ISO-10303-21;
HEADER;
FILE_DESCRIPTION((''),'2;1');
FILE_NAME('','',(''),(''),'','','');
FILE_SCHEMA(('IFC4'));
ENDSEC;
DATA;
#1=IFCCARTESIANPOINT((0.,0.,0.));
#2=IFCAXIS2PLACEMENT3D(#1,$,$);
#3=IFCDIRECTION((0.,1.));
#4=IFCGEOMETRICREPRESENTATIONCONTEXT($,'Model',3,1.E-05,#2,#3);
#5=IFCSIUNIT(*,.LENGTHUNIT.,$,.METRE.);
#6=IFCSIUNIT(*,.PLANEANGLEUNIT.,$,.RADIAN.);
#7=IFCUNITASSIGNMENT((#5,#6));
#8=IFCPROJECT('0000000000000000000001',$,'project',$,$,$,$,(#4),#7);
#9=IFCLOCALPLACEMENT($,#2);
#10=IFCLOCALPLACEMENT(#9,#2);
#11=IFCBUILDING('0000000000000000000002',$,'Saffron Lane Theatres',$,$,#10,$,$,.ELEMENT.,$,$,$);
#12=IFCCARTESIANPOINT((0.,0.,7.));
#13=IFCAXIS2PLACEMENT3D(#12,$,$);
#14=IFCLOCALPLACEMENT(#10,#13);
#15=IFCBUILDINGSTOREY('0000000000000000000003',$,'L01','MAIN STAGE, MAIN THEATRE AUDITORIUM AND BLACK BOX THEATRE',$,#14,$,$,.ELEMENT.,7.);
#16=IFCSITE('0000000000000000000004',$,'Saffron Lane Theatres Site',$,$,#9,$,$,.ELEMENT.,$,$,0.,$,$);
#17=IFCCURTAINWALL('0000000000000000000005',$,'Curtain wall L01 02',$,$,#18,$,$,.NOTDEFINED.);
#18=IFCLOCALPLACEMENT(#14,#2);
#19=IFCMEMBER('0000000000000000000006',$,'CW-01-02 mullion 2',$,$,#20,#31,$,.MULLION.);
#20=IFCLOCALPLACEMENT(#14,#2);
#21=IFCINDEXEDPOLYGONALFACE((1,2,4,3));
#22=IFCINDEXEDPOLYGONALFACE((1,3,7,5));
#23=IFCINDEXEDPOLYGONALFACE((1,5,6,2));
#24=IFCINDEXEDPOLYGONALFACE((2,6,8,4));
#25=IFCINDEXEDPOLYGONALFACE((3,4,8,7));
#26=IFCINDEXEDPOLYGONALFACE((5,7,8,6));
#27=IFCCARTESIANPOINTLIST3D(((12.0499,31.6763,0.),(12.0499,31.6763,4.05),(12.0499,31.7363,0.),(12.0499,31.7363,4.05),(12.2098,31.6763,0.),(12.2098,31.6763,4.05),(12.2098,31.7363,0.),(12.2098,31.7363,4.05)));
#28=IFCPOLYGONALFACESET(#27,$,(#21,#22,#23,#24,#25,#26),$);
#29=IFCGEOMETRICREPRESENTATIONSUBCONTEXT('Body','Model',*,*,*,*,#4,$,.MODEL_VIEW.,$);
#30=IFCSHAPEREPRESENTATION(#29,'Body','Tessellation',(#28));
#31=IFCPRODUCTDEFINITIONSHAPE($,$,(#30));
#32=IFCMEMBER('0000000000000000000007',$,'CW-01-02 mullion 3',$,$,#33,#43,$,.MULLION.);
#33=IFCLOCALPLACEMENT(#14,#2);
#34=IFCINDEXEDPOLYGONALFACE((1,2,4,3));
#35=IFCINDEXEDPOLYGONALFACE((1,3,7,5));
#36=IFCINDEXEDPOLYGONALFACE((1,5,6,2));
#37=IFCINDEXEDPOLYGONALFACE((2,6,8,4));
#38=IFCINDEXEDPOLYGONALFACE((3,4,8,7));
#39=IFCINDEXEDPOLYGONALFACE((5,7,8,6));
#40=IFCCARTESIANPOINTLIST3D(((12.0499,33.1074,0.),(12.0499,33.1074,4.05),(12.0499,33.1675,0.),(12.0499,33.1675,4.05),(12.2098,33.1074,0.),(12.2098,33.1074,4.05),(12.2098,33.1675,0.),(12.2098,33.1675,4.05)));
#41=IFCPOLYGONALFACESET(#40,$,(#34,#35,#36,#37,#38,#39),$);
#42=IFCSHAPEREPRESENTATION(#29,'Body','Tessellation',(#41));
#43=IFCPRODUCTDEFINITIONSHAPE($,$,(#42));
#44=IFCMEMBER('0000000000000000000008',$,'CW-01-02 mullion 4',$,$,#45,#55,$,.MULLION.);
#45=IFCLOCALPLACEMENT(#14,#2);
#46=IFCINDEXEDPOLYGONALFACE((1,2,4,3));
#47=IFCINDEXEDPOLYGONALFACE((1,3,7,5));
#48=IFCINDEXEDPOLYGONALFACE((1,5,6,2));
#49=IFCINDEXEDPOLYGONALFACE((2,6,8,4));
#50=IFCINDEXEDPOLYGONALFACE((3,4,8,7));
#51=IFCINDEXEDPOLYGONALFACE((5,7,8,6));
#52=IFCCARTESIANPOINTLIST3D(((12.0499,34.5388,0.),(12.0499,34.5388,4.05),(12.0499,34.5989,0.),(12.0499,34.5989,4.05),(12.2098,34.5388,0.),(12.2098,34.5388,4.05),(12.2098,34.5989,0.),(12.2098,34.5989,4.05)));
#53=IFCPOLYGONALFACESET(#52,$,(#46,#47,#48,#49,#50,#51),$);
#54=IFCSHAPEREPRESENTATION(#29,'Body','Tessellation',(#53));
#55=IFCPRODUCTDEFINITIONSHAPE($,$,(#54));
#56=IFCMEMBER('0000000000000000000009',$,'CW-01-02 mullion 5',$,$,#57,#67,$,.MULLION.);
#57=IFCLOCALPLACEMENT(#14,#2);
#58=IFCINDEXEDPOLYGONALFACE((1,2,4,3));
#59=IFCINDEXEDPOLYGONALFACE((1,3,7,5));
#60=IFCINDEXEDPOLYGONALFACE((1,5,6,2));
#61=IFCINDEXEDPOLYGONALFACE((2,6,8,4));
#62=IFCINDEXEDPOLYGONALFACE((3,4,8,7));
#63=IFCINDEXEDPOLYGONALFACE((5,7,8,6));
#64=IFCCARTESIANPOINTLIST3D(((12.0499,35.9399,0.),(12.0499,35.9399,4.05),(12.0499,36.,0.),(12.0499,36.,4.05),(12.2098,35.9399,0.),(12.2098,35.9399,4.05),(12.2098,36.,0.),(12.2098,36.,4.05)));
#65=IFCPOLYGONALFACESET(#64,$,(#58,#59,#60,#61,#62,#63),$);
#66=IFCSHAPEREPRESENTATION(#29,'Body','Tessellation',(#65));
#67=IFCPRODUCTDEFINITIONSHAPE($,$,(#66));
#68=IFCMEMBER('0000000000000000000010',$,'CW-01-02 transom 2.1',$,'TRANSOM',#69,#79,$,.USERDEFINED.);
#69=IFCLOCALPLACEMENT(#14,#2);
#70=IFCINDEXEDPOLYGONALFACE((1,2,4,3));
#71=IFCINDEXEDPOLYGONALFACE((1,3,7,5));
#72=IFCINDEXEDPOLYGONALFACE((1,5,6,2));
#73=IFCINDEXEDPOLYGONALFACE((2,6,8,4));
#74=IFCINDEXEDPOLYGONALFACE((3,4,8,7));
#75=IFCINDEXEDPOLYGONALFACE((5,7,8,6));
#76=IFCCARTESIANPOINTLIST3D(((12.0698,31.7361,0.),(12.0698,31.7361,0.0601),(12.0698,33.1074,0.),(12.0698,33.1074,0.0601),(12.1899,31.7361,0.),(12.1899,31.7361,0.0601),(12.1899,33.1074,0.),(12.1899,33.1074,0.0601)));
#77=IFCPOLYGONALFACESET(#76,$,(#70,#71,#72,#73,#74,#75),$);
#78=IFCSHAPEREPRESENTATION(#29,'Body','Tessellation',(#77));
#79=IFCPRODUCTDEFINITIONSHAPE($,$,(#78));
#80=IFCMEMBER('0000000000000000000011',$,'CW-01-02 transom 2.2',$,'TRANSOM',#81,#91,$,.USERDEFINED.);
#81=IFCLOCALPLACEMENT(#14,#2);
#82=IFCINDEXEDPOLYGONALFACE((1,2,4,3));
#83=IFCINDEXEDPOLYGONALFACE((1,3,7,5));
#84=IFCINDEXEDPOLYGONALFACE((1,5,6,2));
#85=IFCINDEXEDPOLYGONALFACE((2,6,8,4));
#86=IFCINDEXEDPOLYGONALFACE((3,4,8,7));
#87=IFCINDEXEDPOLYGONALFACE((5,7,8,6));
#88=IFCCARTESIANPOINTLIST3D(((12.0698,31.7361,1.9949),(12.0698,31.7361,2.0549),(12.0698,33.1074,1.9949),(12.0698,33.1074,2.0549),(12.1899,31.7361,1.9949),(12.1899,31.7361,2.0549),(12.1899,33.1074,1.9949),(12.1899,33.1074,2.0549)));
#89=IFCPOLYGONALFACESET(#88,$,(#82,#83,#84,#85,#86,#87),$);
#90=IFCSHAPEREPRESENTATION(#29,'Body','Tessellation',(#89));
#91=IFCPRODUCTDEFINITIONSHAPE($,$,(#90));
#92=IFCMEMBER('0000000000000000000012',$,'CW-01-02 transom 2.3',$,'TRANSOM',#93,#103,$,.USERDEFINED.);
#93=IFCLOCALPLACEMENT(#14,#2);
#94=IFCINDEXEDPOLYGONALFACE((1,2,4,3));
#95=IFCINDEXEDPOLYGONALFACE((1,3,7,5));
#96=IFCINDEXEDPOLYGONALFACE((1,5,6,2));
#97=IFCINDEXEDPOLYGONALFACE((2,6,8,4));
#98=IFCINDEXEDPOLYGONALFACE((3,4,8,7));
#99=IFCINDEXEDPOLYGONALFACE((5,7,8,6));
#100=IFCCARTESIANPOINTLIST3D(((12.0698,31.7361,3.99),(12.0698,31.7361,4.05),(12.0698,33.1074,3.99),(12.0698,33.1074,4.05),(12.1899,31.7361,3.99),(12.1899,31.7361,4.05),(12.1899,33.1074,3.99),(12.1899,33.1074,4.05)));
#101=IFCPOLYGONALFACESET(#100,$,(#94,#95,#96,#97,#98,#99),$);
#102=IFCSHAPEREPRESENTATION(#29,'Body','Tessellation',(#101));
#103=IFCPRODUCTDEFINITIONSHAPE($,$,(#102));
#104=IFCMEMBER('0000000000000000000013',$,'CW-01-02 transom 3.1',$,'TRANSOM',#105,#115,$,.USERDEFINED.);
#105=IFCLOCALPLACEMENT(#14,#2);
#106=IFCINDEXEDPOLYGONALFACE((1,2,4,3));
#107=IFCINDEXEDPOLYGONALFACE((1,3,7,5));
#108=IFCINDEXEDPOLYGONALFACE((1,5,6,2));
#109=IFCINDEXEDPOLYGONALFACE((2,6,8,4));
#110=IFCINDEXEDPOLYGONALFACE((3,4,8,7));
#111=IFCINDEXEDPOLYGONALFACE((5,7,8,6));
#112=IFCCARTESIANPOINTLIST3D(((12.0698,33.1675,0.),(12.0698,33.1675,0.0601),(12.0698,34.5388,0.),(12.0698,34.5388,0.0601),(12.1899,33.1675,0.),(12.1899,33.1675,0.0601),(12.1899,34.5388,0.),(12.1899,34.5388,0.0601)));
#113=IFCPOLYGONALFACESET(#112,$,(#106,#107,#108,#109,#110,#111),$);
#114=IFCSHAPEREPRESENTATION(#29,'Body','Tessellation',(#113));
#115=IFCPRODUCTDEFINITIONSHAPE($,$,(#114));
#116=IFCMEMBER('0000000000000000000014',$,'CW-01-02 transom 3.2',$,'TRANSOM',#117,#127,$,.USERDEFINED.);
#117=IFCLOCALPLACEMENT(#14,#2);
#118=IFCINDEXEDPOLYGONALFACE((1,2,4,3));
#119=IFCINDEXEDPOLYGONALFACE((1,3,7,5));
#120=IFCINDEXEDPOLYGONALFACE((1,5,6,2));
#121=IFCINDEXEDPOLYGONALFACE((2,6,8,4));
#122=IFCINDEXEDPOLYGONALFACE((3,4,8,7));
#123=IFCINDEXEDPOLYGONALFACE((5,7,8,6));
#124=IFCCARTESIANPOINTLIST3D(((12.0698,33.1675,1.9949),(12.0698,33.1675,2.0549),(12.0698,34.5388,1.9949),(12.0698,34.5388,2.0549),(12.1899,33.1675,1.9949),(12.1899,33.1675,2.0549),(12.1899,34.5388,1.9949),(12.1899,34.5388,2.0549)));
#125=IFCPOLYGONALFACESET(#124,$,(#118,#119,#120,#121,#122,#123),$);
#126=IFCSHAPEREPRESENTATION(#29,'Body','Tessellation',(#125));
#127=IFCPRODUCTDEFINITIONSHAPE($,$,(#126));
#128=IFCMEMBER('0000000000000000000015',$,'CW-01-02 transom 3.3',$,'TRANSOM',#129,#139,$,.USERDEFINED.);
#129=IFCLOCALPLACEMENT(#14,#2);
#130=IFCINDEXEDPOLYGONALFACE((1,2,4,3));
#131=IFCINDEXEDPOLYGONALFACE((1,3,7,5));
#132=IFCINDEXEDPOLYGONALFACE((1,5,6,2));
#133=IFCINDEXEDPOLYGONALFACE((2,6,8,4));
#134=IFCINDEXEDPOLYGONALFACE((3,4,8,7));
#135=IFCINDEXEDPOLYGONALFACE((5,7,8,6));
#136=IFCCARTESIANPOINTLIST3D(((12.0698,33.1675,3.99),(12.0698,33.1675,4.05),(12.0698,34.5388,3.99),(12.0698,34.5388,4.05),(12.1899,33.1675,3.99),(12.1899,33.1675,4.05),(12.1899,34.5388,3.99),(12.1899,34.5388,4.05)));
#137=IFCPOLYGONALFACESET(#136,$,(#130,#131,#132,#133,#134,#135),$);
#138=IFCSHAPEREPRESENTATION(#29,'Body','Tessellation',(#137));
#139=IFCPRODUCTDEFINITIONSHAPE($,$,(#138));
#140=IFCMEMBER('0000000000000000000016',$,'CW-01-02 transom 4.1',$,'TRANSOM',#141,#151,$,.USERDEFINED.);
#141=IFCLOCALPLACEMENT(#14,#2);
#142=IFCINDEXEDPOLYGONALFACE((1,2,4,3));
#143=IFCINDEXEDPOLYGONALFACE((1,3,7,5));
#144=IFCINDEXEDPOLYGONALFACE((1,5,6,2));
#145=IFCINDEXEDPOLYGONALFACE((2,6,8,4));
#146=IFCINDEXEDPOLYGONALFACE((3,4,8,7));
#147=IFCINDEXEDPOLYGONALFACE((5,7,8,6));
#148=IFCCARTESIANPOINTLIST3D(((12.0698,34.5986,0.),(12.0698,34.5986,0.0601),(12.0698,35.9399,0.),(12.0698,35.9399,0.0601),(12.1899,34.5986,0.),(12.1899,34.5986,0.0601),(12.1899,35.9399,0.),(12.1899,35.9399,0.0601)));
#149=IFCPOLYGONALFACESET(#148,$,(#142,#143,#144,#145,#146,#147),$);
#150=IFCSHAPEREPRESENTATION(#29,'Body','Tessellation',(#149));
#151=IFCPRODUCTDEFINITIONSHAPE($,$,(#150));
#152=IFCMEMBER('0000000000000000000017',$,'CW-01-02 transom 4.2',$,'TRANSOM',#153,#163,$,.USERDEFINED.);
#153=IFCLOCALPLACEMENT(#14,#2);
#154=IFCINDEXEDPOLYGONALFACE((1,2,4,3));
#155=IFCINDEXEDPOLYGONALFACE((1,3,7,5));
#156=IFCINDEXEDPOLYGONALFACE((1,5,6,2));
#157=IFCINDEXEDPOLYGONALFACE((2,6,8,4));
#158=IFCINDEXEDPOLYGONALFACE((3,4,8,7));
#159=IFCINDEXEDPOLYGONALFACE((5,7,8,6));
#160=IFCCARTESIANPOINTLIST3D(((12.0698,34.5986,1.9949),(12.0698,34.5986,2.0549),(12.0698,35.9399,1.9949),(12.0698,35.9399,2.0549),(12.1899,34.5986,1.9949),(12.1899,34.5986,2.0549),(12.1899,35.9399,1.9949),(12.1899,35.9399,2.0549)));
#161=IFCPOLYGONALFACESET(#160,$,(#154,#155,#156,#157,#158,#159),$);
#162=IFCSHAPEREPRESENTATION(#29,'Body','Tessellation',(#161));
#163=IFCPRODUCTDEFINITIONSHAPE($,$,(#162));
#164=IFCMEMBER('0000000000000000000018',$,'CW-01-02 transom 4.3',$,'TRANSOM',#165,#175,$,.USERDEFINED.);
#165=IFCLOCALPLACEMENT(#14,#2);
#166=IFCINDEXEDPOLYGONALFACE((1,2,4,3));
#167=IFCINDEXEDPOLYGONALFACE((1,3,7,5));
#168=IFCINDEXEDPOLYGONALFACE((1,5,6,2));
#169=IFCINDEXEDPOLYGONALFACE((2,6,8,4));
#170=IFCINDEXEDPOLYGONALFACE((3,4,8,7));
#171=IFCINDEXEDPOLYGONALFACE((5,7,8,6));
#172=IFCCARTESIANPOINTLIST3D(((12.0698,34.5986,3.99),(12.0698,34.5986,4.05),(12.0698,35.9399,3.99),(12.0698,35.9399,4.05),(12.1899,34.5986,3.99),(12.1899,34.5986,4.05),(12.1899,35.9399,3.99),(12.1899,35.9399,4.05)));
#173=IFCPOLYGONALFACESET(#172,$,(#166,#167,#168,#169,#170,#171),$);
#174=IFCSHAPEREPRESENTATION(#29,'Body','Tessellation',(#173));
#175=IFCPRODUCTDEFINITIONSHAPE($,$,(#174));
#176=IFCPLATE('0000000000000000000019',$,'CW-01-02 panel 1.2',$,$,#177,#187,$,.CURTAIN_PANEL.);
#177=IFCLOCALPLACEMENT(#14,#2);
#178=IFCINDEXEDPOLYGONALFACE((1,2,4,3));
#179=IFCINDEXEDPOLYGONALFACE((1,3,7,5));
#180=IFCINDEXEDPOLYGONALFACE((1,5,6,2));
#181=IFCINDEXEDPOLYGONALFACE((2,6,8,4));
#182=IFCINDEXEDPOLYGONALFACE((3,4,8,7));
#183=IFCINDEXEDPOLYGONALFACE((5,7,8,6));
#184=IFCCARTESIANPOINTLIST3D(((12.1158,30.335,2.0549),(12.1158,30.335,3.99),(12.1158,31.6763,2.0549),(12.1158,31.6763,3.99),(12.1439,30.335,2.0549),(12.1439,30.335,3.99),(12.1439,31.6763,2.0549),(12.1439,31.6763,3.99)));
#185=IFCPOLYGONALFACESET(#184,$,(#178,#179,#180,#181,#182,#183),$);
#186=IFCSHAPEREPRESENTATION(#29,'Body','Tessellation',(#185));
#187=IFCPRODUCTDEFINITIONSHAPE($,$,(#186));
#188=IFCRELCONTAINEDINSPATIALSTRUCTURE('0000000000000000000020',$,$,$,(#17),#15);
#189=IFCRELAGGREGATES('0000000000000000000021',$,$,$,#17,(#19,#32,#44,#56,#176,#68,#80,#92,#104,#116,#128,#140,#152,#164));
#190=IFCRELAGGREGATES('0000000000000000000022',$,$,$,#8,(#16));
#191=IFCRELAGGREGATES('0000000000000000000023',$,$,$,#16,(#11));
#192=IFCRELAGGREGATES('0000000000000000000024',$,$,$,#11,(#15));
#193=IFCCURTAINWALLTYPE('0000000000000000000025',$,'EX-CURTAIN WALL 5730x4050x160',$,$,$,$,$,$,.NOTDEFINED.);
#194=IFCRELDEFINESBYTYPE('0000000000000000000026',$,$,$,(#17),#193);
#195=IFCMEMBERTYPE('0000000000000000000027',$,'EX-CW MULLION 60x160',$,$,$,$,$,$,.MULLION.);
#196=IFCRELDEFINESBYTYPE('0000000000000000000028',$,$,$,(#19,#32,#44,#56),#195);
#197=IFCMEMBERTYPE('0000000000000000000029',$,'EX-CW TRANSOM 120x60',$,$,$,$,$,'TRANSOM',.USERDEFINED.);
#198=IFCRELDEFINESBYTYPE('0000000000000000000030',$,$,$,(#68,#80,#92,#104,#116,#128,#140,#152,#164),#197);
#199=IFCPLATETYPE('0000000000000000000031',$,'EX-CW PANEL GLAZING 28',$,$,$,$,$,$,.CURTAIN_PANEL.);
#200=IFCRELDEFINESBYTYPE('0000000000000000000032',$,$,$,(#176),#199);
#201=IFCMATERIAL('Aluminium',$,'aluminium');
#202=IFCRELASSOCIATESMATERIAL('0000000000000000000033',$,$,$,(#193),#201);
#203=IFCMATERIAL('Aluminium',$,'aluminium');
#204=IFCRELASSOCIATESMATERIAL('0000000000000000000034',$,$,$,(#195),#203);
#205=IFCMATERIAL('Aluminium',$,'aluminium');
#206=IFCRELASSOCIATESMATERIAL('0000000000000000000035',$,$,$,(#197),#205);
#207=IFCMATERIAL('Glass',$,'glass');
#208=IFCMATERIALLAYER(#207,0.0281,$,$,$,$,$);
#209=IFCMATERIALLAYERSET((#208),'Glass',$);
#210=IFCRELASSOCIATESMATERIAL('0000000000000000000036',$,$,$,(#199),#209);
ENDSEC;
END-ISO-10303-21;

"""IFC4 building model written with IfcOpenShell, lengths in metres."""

from ifc_helpers import new_model, si_unit, direction, frame, origin, origin_2d, place, context, subcontext, project, spatial, rectangle, extrude, material, layer, layer_set, material_profile, profile_set, type_object, element, aggregate, save


model = new_model("IFC4")

# Units and contexts
model_context = context("Model", 3, precision=1e-05, world=origin(), true_north=direction((0.0, 1.0)))
body_context = subcontext(model_context, "Body", "Model", "MODEL_VIEW")
ifc_project = project(units=[si_unit("LENGTHUNIT", "METRE"), si_unit("PLANEANGLEUNIT", "RADIAN")], contexts=[model_context])

# Site, building, storey
site_placement = place(None, origin())
site = spatial("IfcSite", under=ifc_project, at=site_placement, Name="Saffron Lane Theatres Site", CompositionType="ELEMENT", RefElevation=0.0)
building_placement = place(site_placement, origin())
building = spatial("IfcBuilding", under=site, at=building_placement, Name="Saffron Lane Theatres", CompositionType="ELEMENT")
storey_placement = place(building_placement, frame((0.0, 0.0, 7.0)))
storey = spatial("IfcBuildingStorey", under=building, at=storey_placement, Name="L01", Description="MAIN STAGE, MAIN THEATRE AUDITORIUM AND BLACK BOX THEATRE", CompositionType="ELEMENT", Elevation=7.0)

# Curtain wall, members, plate
ifc_material_1 = material(Name="Aluminium", Category="aluminium")
curtain_wall_type = type_object("IfcCurtainWallType", Name="EX-CURTAIN WALL 5730x4050x160", PredefinedType="NOTDEFINED", material=ifc_material_1)
curtain_wall_placement = place(storey_placement, origin())
curtain_wall = element("IfcCurtainWall", 1, at=curtain_wall_placement, inside=storey, type_object=curtain_wall_type, Name="Curtain wall L01 02", PredefinedType="NOTDEFINED")
ifc_material_2 = material(Name="Aluminium", Category="aluminium")
ifc_material_profile_1 = material_profile(ifc_material_2, rectangle(XDim=0.0601, YDim=0.1599, at=origin_2d()))
ifc_profile_set_1 = profile_set([ifc_material_profile_1], Name="Aluminium")
member_type_1 = type_object("IfcMemberType", Name="EX-CW MULLION 60x160", PredefinedType="MULLION", material=ifc_profile_set_1)
member_1_placement = place(storey_placement, frame((12.1299, 31.7063, 0.0), z_axis=(0.0, 0.0, 1.0), x_axis=(0.0, 1.0, 0.0)))
member_1 = element("IfcMember", 2, at=member_1_placement, type_object=member_type_1, Name="CW-01-02 mullion 2", PredefinedType="MULLION", context=body_context, shape_type="SweptSolid", body=[
    extrude(rectangle(XDim=0.0601, YDim=0.1599, at=origin_2d()), origin(), (0.0, 0.0, 1.0), 4.05),
])
member_2_placement = place(storey_placement, frame((12.1299, 33.1375, 0.0), z_axis=(0.0, 0.0, 1.0), x_axis=(0.0, 1.0, 0.0)))
member_2 = element("IfcMember", 3, at=member_2_placement, type_object=member_type_1, Name="CW-01-02 mullion 3", PredefinedType="MULLION", context=body_context, shape_type="SweptSolid", body=[
    extrude(rectangle(XDim=0.0601, YDim=0.1599, at=origin_2d()), origin(), (0.0, 0.0, 1.0), 4.05),
])
member_3_placement = place(storey_placement, frame((12.1299, 34.5688, 0.0), z_axis=(0.0, 0.0, 1.0), x_axis=(0.0, 1.0, 0.0)))
member_3 = element("IfcMember", 4, at=member_3_placement, type_object=member_type_1, Name="CW-01-02 mullion 4", PredefinedType="MULLION", context=body_context, shape_type="SweptSolid", body=[
    extrude(rectangle(XDim=0.0601, YDim=0.1599, at=origin_2d()), origin(), (0.0, 0.0, 1.0), 4.05),
])
member_4_placement = place(storey_placement, frame((12.1299, 35.97, 0.0), z_axis=(0.0, 0.0, 1.0), x_axis=(0.0, 1.0, 0.0)))
member_4 = element("IfcMember", 5, at=member_4_placement, type_object=member_type_1, Name="CW-01-02 mullion 5", PredefinedType="MULLION", context=body_context, shape_type="SweptSolid", body=[
    extrude(rectangle(XDim=0.0601, YDim=0.1599, at=origin_2d()), origin(), (0.0, 0.0, 1.0), 4.05),
])
ifc_material_3 = material(Name="Aluminium", Category="aluminium")
ifc_material_profile_2 = material_profile(ifc_material_3, rectangle(XDim=0.1201, YDim=0.0601, at=origin_2d()))
ifc_profile_set_2 = profile_set([ifc_material_profile_2], Name="Aluminium")
member_type_2 = type_object("IfcMemberType", Name="EX-CW TRANSOM 120x60", ElementType="TRANSOM", PredefinedType="USERDEFINED", material=ifc_profile_set_2)
member_5_placement = place(storey_placement, frame((12.1299, 31.7361, 0.03), z_axis=(0.0, 1.0, 0.0), x_axis=(-1.0, 0.0, 0.0)))
member_5 = element("IfcMember", 6, at=member_5_placement, type_object=member_type_2, Name="CW-01-02 transom 2.1", ObjectType="TRANSOM", PredefinedType="USERDEFINED", context=body_context, shape_type="SweptSolid", body=[
    extrude(rectangle(XDim=0.1201, YDim=0.0601, at=origin_2d()), origin(), (0.0, 0.0, 1.0), 1.3713),
])
member_6_placement = place(storey_placement, frame((12.1299, 31.7361, 2.0249), z_axis=(0.0, 1.0, 0.0), x_axis=(-1.0, 0.0, 0.0)))
member_6 = element("IfcMember", 7, at=member_6_placement, type_object=member_type_2, Name="CW-01-02 transom 2.2", ObjectType="TRANSOM", PredefinedType="USERDEFINED", context=body_context, shape_type="SweptSolid", body=[
    extrude(rectangle(XDim=0.1201, YDim=0.0601, at=origin_2d()), origin(), (0.0, 0.0, 1.0), 1.3713),
])
member_7_placement = place(storey_placement, frame((12.1299, 31.7361, 4.02), z_axis=(0.0, 1.0, 0.0), x_axis=(-1.0, 0.0, 0.0)))
member_7 = element("IfcMember", 8, at=member_7_placement, type_object=member_type_2, Name="CW-01-02 transom 2.3", ObjectType="TRANSOM", PredefinedType="USERDEFINED", context=body_context, shape_type="SweptSolid", body=[
    extrude(rectangle(XDim=0.1201, YDim=0.0601, at=origin_2d()), origin(), (0.0, 0.0, 1.0), 1.3713),
])
member_8_placement = place(storey_placement, frame((12.1299, 33.1675, 0.03), z_axis=(0.0, 1.0, 0.0), x_axis=(-1.0, 0.0, 0.0)))
member_8 = element("IfcMember", 9, at=member_8_placement, type_object=member_type_2, Name="CW-01-02 transom 3.1", ObjectType="TRANSOM", PredefinedType="USERDEFINED", context=body_context, shape_type="SweptSolid", body=[
    extrude(rectangle(XDim=0.1201, YDim=0.0601, at=origin_2d()), origin(), (0.0, 0.0, 1.0), 1.3713),
])
member_9_placement = place(storey_placement, frame((12.1299, 33.1675, 2.0249), z_axis=(0.0, 1.0, 0.0), x_axis=(-1.0, 0.0, 0.0)))
member_9 = element("IfcMember", 10, at=member_9_placement, type_object=member_type_2, Name="CW-01-02 transom 3.2", ObjectType="TRANSOM", PredefinedType="USERDEFINED", context=body_context, shape_type="SweptSolid", body=[
    extrude(rectangle(XDim=0.1201, YDim=0.0601, at=origin_2d()), origin(), (0.0, 0.0, 1.0), 1.3713),
])
member_10_placement = place(storey_placement, frame((12.1299, 33.1675, 4.02), z_axis=(0.0, 1.0, 0.0), x_axis=(-1.0, 0.0, 0.0)))
member_10 = element("IfcMember", 11, at=member_10_placement, type_object=member_type_2, Name="CW-01-02 transom 3.3", ObjectType="TRANSOM", PredefinedType="USERDEFINED", context=body_context, shape_type="SweptSolid", body=[
    extrude(rectangle(XDim=0.1201, YDim=0.0601, at=origin_2d()), origin(), (0.0, 0.0, 1.0), 1.3713),
])
member_11_placement = place(storey_placement, frame((12.1299, 34.5986, 0.03), z_axis=(0.0, 1.0, 0.0), x_axis=(-1.0, 0.0, 0.0)))
member_11 = element("IfcMember", 12, at=member_11_placement, type_object=member_type_2, Name="CW-01-02 transom 4.1", ObjectType="TRANSOM", PredefinedType="USERDEFINED", context=body_context, shape_type="SweptSolid", body=[
    extrude(rectangle(XDim=0.1201, YDim=0.0601, at=origin_2d()), origin(), (0.0, 0.0, 1.0), 1.3413),
])
member_12_placement = place(storey_placement, frame((12.1299, 34.5986, 2.0249), z_axis=(0.0, 1.0, 0.0), x_axis=(-1.0, 0.0, 0.0)))
member_12 = element("IfcMember", 13, at=member_12_placement, type_object=member_type_2, Name="CW-01-02 transom 4.2", ObjectType="TRANSOM", PredefinedType="USERDEFINED", context=body_context, shape_type="SweptSolid", body=[
    extrude(rectangle(XDim=0.1201, YDim=0.0601, at=origin_2d()), origin(), (0.0, 0.0, 1.0), 1.3413),
])
member_13_placement = place(storey_placement, frame((12.1299, 34.5986, 4.02), z_axis=(0.0, 1.0, 0.0), x_axis=(-1.0, 0.0, 0.0)))
member_13 = element("IfcMember", 14, at=member_13_placement, type_object=member_type_2, Name="CW-01-02 transom 4.3", ObjectType="TRANSOM", PredefinedType="USERDEFINED", context=body_context, shape_type="SweptSolid", body=[
    extrude(rectangle(XDim=0.1201, YDim=0.0601, at=origin_2d()), origin(), (0.0, 0.0, 1.0), 1.3413),
])
ifc_material_4 = material(Name="Glass", Category="glass")
ifc_layer = layer(ifc_material_4, 0.0281)
ifc_layer_set = layer_set([ifc_layer], Name="Glass")
plate_type = type_object("IfcPlateType", Name="EX-CW PANEL GLAZING 28", PredefinedType="CURTAIN_PANEL", material=ifc_layer_set)
plate_1_placement = place(storey_placement, frame((12.1299, 31.0056, 2.0549), z_axis=(0.0, 0.0, 1.0), x_axis=(0.0, 1.0, 0.0)))
plate_1 = element("IfcPlate", 15, at=plate_1_placement, type_object=plate_type, Name="CW-01-02 panel 1.2", PredefinedType="CURTAIN_PANEL", context=body_context, shape_type="SweptSolid", body=[
    extrude(rectangle(XDim=1.3413, YDim=0.0281, at=origin_2d()), origin(), (0.0, 0.0, 1.0), 1.9351),
])
aggregate(curtain_wall, [member_1, member_2, member_3, member_4, plate_1, member_5, member_6, member_7, member_8, member_9, member_10, member_11, member_12, member_13])

save(model, "model.ifc")
